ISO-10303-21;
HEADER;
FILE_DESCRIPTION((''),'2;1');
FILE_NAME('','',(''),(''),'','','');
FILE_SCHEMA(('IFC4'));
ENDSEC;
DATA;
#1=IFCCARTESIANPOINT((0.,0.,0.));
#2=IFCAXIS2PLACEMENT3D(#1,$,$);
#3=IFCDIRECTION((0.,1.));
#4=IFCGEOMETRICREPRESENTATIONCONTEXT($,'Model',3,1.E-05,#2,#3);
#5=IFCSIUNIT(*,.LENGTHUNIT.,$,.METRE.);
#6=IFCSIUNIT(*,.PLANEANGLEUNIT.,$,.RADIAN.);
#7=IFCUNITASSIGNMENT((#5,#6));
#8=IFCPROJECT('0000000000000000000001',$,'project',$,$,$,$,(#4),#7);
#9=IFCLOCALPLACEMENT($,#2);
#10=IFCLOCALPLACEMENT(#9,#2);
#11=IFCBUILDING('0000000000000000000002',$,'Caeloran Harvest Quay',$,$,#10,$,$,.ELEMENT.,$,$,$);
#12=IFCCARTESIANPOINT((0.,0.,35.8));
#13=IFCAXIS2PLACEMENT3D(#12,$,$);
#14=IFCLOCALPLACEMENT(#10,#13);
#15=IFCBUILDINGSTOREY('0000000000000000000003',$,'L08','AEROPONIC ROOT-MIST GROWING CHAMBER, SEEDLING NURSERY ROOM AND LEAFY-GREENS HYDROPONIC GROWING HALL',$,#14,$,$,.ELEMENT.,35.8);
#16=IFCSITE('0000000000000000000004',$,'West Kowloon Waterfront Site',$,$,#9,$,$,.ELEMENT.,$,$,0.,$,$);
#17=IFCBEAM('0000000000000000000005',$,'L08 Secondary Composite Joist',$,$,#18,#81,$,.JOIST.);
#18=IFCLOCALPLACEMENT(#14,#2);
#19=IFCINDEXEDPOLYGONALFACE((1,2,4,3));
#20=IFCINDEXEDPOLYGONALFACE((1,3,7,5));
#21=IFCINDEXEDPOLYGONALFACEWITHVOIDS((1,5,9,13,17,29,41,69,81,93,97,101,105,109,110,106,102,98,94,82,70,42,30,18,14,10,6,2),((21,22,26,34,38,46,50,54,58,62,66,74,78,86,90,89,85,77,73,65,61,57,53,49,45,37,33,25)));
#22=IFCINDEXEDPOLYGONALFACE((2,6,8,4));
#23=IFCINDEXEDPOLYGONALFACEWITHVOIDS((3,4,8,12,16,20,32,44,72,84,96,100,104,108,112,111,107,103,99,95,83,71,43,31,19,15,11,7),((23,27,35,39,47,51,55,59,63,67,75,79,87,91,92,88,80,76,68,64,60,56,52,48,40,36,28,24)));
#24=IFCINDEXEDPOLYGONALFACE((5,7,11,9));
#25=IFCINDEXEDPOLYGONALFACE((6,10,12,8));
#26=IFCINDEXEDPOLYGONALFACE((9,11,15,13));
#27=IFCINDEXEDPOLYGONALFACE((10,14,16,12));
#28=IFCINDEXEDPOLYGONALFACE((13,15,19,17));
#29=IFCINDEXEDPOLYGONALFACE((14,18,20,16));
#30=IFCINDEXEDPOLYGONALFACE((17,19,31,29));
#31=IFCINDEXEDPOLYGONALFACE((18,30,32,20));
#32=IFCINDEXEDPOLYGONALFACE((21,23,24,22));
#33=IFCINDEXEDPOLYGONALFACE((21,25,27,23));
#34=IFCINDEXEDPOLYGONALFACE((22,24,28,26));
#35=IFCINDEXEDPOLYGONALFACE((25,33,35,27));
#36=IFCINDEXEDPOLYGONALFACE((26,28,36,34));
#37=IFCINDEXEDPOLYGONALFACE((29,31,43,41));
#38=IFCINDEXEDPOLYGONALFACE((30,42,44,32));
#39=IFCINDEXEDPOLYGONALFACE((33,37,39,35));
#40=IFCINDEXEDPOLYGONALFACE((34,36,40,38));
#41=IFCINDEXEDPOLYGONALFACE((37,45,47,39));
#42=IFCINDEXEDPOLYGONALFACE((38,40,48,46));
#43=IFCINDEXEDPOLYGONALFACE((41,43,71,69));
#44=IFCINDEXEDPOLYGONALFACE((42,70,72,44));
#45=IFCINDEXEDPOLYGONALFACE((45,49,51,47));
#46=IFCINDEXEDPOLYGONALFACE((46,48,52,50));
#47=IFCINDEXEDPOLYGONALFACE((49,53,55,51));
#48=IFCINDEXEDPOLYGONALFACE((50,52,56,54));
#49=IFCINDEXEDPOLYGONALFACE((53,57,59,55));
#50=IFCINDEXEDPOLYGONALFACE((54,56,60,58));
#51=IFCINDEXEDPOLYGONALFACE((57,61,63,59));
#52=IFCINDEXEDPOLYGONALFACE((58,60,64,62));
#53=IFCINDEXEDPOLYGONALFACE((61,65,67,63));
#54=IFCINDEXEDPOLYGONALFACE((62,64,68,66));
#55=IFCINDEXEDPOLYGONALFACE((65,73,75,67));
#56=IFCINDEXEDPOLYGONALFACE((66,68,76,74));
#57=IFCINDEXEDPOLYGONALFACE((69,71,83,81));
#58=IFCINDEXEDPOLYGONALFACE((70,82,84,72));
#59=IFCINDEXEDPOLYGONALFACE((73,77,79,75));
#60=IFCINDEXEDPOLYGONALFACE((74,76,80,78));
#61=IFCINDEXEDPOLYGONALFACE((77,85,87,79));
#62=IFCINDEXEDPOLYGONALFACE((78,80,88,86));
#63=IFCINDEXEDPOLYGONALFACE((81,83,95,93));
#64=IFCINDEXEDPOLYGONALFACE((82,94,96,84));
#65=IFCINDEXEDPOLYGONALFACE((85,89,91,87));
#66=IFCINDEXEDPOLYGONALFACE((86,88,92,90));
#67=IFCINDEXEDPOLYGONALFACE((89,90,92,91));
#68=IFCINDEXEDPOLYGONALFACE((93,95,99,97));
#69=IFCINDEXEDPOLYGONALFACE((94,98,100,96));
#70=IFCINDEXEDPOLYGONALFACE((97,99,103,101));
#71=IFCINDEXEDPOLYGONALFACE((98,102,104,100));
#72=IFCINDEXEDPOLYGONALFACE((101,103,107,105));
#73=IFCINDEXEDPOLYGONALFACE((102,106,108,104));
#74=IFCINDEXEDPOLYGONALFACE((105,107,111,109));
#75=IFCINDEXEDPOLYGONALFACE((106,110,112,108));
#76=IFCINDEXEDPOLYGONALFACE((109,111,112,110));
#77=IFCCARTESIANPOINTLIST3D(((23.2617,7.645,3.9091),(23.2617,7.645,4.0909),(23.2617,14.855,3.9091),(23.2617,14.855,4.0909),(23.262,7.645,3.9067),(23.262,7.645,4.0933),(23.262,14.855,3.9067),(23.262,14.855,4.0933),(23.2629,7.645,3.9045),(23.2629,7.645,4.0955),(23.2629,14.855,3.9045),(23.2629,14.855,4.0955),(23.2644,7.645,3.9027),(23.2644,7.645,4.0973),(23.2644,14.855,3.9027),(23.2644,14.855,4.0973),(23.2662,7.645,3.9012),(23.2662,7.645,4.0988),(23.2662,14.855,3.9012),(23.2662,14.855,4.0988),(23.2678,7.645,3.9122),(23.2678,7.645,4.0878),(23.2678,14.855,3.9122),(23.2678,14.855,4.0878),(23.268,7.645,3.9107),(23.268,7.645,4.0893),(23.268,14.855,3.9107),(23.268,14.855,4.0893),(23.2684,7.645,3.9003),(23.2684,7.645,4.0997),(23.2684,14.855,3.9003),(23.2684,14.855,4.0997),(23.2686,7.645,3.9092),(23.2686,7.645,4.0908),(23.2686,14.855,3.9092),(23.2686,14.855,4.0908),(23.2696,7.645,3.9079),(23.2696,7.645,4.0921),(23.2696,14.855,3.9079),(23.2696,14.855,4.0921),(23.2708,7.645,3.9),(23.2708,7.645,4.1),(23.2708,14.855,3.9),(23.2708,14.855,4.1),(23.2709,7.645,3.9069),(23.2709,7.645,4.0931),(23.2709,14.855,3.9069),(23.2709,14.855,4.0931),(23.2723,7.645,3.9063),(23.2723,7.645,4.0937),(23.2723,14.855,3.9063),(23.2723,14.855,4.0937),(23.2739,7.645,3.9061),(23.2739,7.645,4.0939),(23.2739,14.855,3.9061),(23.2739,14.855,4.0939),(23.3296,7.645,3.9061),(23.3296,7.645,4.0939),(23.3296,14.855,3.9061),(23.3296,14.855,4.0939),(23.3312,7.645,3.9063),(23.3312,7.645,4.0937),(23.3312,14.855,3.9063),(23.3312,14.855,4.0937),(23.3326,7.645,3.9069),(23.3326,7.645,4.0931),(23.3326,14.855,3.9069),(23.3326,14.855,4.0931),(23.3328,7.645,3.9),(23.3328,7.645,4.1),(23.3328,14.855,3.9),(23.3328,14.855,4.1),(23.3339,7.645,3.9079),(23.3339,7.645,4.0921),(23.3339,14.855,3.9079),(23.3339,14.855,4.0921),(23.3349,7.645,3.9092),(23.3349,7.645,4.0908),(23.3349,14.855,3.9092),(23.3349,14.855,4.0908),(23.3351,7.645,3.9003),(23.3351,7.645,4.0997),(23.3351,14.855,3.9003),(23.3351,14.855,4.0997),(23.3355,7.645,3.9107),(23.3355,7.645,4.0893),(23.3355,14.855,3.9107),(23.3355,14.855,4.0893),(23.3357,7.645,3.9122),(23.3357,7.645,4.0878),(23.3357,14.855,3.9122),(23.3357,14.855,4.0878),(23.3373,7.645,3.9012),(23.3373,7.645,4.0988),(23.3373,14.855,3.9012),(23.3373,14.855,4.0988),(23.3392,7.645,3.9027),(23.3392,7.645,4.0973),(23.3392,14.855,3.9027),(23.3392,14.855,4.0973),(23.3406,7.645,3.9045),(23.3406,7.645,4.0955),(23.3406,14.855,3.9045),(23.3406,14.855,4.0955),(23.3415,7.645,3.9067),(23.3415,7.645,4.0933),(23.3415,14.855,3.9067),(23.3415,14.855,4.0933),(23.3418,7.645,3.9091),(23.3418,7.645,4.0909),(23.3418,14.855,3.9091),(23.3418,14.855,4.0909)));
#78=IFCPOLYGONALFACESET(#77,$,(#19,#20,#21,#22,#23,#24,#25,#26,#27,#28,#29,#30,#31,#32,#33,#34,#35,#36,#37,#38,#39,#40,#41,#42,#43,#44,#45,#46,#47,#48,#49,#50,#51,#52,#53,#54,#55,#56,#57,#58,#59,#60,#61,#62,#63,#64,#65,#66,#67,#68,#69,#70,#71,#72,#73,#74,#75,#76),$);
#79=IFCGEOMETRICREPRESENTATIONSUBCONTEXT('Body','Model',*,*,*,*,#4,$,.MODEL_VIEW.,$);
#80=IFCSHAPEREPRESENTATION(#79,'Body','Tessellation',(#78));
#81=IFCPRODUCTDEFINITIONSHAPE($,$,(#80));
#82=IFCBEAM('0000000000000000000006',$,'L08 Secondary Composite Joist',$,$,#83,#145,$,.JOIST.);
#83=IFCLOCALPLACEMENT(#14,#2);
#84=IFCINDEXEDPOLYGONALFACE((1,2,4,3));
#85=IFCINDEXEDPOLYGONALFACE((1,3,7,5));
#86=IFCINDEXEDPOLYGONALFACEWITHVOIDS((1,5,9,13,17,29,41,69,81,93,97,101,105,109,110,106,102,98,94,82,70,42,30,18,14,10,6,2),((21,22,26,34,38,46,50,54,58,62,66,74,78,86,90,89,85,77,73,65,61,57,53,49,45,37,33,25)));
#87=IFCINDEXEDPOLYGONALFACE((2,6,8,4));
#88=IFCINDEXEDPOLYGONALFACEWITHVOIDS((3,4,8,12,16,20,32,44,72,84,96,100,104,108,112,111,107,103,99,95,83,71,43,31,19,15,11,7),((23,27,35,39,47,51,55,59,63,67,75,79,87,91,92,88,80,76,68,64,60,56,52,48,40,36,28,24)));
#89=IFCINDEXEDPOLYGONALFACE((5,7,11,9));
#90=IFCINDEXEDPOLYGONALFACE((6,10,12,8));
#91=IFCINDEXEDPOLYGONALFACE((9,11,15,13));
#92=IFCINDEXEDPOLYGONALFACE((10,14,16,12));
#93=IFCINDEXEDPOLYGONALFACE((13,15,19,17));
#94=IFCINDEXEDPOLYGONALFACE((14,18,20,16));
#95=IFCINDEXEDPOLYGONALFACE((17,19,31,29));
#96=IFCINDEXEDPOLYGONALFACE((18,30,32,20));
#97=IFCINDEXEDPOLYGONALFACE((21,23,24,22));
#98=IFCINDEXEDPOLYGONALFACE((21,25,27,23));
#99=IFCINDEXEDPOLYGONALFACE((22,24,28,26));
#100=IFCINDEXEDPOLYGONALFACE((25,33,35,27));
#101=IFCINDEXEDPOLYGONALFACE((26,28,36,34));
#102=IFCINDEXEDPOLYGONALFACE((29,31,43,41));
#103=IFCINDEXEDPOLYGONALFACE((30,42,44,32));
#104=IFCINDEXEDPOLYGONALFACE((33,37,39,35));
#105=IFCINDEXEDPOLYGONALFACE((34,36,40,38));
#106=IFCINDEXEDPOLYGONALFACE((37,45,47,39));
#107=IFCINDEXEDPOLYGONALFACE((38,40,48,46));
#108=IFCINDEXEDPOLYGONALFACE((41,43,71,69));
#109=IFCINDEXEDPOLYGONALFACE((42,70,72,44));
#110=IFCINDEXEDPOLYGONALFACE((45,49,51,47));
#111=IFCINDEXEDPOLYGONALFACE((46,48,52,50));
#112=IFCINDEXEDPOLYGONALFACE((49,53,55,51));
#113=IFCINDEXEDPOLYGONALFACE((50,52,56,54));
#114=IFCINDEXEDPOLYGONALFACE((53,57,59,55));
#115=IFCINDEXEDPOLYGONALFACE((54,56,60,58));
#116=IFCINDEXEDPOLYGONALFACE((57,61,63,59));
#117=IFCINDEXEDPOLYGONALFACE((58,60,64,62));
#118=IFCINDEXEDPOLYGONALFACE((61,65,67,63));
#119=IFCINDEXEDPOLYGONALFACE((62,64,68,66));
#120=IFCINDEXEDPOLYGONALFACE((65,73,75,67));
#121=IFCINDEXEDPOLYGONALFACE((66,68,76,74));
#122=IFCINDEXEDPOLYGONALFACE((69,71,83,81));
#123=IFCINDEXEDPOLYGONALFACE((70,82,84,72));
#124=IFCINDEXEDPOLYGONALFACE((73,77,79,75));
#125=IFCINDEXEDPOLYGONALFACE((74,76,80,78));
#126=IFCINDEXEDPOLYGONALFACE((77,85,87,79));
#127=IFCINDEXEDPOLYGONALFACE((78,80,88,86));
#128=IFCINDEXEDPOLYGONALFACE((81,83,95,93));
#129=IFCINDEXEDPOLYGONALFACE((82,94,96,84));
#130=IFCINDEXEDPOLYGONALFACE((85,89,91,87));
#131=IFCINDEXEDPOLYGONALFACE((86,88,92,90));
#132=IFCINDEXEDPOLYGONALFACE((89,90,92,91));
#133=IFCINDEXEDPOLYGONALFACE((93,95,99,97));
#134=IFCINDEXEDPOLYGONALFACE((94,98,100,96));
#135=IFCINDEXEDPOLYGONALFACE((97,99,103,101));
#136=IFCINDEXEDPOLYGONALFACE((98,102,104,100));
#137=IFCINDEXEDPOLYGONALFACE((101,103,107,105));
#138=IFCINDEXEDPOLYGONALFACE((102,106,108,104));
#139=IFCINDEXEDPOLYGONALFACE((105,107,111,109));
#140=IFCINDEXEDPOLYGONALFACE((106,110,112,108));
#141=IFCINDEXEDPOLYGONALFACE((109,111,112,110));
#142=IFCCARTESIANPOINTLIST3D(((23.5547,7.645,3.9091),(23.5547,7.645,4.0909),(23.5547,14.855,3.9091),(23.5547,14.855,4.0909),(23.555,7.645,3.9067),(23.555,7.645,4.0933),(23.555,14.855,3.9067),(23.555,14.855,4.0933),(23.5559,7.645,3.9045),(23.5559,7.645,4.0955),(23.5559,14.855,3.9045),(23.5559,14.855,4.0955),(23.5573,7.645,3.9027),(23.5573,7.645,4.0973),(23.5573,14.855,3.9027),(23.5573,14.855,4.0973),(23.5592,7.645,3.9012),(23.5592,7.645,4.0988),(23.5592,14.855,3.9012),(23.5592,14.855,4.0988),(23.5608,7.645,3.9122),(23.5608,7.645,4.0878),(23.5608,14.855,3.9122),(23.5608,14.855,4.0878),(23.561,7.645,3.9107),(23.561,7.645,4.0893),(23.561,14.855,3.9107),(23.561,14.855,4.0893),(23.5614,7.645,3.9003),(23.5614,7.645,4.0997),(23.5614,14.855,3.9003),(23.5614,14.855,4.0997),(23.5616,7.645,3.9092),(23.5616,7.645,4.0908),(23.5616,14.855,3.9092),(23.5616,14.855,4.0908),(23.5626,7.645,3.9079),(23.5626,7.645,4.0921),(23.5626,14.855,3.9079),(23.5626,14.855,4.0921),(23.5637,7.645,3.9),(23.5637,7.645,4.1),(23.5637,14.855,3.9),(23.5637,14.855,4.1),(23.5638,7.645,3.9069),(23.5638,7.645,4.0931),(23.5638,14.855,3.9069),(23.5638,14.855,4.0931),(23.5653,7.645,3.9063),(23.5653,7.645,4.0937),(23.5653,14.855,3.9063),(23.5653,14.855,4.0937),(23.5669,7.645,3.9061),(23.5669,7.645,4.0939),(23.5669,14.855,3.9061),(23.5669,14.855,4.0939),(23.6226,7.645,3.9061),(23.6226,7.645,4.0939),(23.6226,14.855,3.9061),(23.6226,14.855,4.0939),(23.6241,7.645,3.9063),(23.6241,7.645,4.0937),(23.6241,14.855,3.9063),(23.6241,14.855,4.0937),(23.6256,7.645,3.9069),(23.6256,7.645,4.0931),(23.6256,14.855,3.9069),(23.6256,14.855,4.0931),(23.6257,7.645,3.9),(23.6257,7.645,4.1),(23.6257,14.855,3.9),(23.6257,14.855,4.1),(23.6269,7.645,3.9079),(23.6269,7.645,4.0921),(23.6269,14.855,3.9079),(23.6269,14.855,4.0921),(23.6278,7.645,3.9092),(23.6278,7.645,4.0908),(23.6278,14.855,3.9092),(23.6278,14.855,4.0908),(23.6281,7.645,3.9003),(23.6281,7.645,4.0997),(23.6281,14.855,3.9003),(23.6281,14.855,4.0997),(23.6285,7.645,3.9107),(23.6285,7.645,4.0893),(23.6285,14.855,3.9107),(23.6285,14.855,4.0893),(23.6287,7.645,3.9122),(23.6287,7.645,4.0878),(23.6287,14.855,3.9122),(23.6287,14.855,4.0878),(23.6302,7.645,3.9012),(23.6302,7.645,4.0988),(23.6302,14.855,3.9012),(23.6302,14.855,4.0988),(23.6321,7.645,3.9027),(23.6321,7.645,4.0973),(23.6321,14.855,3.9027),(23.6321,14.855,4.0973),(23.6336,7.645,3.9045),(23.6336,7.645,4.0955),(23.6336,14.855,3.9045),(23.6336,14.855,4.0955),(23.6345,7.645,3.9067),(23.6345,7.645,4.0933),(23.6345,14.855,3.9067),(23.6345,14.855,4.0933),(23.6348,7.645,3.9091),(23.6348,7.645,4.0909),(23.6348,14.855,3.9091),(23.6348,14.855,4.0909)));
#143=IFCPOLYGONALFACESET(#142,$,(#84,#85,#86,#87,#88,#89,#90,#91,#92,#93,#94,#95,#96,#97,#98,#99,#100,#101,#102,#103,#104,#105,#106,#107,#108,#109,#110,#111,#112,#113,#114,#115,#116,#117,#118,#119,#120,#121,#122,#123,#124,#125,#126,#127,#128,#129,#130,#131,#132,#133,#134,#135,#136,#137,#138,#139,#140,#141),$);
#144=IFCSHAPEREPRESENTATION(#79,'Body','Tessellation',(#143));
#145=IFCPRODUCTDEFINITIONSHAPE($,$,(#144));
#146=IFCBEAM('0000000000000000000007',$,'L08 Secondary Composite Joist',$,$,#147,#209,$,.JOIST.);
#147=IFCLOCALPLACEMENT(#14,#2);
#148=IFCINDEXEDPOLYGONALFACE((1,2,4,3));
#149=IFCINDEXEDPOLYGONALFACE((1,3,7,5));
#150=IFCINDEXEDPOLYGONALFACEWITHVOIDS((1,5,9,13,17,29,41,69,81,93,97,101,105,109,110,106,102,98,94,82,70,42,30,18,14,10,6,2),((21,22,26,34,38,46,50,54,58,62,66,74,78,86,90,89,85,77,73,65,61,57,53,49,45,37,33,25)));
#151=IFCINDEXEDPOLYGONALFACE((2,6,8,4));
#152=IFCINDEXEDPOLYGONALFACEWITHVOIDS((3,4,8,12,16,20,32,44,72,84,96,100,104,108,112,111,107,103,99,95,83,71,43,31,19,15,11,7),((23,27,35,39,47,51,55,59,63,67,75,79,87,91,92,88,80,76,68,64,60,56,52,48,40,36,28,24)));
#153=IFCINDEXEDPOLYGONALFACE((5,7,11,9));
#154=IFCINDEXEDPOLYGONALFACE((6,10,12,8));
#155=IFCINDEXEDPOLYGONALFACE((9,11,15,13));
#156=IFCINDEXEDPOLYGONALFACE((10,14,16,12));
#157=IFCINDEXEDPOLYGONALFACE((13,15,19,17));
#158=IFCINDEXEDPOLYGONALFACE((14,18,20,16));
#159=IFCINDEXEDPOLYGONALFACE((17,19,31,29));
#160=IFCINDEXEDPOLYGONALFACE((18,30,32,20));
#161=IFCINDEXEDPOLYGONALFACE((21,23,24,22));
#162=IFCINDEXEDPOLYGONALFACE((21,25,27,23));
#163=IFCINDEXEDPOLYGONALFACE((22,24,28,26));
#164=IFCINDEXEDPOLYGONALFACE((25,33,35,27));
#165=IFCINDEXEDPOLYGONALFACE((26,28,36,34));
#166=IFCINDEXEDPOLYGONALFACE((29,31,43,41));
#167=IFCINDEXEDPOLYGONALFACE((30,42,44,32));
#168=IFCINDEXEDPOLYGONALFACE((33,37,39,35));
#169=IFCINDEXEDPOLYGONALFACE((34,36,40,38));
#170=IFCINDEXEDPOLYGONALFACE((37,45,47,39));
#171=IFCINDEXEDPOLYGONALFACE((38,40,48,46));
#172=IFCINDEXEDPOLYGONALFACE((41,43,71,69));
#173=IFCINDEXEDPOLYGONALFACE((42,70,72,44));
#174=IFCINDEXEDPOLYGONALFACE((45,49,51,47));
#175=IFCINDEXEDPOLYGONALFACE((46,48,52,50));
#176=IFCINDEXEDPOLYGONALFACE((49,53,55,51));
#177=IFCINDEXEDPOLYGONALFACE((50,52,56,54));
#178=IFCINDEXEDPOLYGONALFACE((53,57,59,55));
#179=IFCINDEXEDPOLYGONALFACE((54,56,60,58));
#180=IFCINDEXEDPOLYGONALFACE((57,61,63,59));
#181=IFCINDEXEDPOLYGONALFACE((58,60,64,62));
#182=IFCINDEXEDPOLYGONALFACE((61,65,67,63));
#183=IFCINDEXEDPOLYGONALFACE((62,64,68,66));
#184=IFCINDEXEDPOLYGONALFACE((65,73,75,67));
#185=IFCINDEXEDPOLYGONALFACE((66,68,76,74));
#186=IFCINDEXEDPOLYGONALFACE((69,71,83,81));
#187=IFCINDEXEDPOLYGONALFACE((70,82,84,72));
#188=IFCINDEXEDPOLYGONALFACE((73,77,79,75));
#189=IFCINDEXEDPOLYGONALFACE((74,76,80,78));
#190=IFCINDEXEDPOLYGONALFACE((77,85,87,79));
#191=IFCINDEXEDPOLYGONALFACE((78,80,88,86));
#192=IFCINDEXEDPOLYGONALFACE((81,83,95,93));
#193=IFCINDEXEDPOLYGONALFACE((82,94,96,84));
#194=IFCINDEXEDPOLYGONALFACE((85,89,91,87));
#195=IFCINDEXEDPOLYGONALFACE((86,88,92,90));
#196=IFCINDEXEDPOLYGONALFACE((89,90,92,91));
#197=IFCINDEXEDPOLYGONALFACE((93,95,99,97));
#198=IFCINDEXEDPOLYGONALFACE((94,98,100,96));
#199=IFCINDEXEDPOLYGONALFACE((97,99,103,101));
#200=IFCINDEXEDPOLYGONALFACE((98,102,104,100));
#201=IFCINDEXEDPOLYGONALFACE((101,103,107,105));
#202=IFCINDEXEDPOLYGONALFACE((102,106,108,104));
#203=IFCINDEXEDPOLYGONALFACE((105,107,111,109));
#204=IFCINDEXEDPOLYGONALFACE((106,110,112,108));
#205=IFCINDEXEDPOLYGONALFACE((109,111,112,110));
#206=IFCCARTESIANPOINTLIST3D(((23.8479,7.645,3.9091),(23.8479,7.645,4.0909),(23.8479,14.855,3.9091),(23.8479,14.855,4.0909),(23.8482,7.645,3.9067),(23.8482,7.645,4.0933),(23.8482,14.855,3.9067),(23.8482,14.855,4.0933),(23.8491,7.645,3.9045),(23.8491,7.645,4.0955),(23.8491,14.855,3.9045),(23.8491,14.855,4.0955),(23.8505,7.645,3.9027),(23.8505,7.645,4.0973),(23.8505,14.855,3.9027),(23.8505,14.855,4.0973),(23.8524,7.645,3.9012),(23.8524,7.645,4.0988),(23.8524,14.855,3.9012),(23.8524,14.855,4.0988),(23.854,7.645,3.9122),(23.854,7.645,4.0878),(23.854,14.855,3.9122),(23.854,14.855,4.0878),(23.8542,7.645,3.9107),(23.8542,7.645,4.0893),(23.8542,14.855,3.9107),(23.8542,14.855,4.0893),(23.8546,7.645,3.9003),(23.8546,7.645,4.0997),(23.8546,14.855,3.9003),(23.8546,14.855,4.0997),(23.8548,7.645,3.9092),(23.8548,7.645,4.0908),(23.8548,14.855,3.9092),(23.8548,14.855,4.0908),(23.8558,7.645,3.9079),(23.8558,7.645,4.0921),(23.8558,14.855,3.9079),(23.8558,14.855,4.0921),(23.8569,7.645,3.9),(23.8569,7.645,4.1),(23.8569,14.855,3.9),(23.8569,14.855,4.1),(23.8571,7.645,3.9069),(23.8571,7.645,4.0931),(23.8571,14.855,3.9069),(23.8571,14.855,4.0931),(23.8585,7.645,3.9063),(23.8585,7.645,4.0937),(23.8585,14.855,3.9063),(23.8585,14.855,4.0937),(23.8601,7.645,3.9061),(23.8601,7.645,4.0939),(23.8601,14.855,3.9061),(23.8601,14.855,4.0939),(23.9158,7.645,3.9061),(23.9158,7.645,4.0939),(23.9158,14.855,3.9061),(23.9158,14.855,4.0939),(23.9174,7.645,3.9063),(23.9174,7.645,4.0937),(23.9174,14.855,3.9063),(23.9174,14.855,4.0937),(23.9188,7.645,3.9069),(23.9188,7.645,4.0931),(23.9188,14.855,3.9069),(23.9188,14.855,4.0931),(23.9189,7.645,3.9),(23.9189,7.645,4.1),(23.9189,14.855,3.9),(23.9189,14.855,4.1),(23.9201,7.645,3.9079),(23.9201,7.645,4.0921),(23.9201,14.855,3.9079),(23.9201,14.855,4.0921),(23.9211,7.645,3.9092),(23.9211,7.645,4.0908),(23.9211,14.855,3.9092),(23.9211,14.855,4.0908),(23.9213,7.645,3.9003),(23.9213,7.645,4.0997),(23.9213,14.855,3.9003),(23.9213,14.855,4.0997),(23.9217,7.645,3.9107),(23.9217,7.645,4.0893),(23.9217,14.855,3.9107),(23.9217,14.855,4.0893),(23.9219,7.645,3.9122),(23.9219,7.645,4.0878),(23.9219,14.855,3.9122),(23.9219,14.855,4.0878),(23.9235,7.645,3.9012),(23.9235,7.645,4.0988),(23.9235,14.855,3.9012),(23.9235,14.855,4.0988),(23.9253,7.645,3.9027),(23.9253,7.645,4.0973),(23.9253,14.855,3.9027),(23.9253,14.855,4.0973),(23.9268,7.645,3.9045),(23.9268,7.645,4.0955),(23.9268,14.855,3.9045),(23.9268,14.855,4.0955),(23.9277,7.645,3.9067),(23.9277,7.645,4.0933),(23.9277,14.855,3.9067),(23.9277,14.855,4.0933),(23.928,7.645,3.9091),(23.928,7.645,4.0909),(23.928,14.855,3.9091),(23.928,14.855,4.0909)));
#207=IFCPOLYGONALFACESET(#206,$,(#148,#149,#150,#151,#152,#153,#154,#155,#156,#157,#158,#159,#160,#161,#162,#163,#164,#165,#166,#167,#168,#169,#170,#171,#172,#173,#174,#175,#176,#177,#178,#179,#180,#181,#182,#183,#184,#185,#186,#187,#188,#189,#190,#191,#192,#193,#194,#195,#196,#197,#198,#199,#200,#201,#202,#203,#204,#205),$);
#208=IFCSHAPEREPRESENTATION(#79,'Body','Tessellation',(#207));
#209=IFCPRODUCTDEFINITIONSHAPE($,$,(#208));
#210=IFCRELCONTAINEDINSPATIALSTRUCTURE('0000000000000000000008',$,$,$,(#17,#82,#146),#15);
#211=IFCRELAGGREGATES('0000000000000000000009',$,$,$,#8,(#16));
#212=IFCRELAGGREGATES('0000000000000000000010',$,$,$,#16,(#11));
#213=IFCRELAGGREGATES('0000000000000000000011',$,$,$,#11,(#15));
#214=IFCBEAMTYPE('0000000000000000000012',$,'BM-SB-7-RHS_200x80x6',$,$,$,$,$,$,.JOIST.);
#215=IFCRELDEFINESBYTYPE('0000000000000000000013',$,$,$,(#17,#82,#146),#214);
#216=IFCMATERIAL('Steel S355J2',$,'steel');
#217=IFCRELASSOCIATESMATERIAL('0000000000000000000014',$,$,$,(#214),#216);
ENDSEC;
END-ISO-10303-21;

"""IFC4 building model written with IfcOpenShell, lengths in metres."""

from ifc_helpers import new_model, si_unit, direction, frame, origin, origin_2d, place, context, subcontext, project, spatial, hollow_rectangle, extrude, material, material_profile, profile_set, type_object, element, save


model = new_model("IFC4")

# Units and contexts
model_context = context("Model", 3, precision=1e-05, world=origin(), true_north=direction((0.0, 1.0)))
body_context = subcontext(model_context, "Body", "Model", "MODEL_VIEW")
ifc_project = project(units=[si_unit("LENGTHUNIT", "METRE"), si_unit("PLANEANGLEUNIT", "RADIAN")], contexts=[model_context])

# Site, building, storey
site_placement = place(None, origin())
site = spatial("IfcSite", under=ifc_project, at=site_placement, Name="West Kowloon Waterfront Site", CompositionType="ELEMENT", RefElevation=0.0)
building_placement = place(site_placement, origin())
building = spatial("IfcBuilding", under=site, at=building_placement, Name="Caeloran Harvest Quay", CompositionType="ELEMENT")
storey_placement = place(building_placement, frame((0.0, 0.0, 35.8)))
storey = spatial("IfcBuildingStorey", under=building, at=storey_placement, Name="L08", Description="AEROPONIC ROOT-MIST GROWING CHAMBER, SEEDLING NURSERY ROOM AND LEAFY-GREENS HYDROPONIC GROWING HALL", CompositionType="ELEMENT", Elevation=35.8)

# Beams
ifc_material_1 = material(Name="Steel S355J2", Category="steel")
ifc_material_profile_1 = material_profile(ifc_material_1, hollow_rectangle(XDim=0.0801, YDim=0.2, WallThickness=0.0061, InnerFilletRadius=0.0061, OuterFilletRadius=0.009, at=origin_2d()), Name="RHS 200x80x6")
ifc_profile_set_1 = profile_set([ifc_material_profile_1], Name="Steel S355J2")
beam_type_1 = type_object("IfcBeamType", Name="BM-SB-7-RHS_200x80x6", PredefinedType="JOIST", material=ifc_profile_set_1)
for number, where, z_axis, x_axis, name in (
    (1, (23.3018, 7.645, 4.0), (0.0, 1.0, 0.0), (-1.0, 0.0, 0.0), "L08 Secondary Composite Joist"),
    (2, (23.5947, 7.645, 4.0), (0.0, 1.0, 0.0), (-1.0, 0.0, 0.0), "L08 Secondary Composite Joist"),
    (3, (23.8879, 7.645, 4.0), (0.0, 1.0, 0.0), (-1.0, 0.0, 0.0), "L08 Secondary Composite Joist"),
):
    element("IfcBeam", number, at=place(storey_placement, frame(where, z_axis=z_axis, x_axis=x_axis)), inside=storey, type_object=beam_type_1, Name=name, PredefinedType="JOIST", context=body_context, shape_type="SweptSolid", body=[
        extrude(hollow_rectangle(XDim=0.0801, YDim=0.2, WallThickness=0.0061, InnerFilletRadius=0.0061, OuterFilletRadius=0.009, at=origin_2d()), origin(), (0.0, 0.0, 1.0), 7.21),
    ])

save(model, "model.ifc")
